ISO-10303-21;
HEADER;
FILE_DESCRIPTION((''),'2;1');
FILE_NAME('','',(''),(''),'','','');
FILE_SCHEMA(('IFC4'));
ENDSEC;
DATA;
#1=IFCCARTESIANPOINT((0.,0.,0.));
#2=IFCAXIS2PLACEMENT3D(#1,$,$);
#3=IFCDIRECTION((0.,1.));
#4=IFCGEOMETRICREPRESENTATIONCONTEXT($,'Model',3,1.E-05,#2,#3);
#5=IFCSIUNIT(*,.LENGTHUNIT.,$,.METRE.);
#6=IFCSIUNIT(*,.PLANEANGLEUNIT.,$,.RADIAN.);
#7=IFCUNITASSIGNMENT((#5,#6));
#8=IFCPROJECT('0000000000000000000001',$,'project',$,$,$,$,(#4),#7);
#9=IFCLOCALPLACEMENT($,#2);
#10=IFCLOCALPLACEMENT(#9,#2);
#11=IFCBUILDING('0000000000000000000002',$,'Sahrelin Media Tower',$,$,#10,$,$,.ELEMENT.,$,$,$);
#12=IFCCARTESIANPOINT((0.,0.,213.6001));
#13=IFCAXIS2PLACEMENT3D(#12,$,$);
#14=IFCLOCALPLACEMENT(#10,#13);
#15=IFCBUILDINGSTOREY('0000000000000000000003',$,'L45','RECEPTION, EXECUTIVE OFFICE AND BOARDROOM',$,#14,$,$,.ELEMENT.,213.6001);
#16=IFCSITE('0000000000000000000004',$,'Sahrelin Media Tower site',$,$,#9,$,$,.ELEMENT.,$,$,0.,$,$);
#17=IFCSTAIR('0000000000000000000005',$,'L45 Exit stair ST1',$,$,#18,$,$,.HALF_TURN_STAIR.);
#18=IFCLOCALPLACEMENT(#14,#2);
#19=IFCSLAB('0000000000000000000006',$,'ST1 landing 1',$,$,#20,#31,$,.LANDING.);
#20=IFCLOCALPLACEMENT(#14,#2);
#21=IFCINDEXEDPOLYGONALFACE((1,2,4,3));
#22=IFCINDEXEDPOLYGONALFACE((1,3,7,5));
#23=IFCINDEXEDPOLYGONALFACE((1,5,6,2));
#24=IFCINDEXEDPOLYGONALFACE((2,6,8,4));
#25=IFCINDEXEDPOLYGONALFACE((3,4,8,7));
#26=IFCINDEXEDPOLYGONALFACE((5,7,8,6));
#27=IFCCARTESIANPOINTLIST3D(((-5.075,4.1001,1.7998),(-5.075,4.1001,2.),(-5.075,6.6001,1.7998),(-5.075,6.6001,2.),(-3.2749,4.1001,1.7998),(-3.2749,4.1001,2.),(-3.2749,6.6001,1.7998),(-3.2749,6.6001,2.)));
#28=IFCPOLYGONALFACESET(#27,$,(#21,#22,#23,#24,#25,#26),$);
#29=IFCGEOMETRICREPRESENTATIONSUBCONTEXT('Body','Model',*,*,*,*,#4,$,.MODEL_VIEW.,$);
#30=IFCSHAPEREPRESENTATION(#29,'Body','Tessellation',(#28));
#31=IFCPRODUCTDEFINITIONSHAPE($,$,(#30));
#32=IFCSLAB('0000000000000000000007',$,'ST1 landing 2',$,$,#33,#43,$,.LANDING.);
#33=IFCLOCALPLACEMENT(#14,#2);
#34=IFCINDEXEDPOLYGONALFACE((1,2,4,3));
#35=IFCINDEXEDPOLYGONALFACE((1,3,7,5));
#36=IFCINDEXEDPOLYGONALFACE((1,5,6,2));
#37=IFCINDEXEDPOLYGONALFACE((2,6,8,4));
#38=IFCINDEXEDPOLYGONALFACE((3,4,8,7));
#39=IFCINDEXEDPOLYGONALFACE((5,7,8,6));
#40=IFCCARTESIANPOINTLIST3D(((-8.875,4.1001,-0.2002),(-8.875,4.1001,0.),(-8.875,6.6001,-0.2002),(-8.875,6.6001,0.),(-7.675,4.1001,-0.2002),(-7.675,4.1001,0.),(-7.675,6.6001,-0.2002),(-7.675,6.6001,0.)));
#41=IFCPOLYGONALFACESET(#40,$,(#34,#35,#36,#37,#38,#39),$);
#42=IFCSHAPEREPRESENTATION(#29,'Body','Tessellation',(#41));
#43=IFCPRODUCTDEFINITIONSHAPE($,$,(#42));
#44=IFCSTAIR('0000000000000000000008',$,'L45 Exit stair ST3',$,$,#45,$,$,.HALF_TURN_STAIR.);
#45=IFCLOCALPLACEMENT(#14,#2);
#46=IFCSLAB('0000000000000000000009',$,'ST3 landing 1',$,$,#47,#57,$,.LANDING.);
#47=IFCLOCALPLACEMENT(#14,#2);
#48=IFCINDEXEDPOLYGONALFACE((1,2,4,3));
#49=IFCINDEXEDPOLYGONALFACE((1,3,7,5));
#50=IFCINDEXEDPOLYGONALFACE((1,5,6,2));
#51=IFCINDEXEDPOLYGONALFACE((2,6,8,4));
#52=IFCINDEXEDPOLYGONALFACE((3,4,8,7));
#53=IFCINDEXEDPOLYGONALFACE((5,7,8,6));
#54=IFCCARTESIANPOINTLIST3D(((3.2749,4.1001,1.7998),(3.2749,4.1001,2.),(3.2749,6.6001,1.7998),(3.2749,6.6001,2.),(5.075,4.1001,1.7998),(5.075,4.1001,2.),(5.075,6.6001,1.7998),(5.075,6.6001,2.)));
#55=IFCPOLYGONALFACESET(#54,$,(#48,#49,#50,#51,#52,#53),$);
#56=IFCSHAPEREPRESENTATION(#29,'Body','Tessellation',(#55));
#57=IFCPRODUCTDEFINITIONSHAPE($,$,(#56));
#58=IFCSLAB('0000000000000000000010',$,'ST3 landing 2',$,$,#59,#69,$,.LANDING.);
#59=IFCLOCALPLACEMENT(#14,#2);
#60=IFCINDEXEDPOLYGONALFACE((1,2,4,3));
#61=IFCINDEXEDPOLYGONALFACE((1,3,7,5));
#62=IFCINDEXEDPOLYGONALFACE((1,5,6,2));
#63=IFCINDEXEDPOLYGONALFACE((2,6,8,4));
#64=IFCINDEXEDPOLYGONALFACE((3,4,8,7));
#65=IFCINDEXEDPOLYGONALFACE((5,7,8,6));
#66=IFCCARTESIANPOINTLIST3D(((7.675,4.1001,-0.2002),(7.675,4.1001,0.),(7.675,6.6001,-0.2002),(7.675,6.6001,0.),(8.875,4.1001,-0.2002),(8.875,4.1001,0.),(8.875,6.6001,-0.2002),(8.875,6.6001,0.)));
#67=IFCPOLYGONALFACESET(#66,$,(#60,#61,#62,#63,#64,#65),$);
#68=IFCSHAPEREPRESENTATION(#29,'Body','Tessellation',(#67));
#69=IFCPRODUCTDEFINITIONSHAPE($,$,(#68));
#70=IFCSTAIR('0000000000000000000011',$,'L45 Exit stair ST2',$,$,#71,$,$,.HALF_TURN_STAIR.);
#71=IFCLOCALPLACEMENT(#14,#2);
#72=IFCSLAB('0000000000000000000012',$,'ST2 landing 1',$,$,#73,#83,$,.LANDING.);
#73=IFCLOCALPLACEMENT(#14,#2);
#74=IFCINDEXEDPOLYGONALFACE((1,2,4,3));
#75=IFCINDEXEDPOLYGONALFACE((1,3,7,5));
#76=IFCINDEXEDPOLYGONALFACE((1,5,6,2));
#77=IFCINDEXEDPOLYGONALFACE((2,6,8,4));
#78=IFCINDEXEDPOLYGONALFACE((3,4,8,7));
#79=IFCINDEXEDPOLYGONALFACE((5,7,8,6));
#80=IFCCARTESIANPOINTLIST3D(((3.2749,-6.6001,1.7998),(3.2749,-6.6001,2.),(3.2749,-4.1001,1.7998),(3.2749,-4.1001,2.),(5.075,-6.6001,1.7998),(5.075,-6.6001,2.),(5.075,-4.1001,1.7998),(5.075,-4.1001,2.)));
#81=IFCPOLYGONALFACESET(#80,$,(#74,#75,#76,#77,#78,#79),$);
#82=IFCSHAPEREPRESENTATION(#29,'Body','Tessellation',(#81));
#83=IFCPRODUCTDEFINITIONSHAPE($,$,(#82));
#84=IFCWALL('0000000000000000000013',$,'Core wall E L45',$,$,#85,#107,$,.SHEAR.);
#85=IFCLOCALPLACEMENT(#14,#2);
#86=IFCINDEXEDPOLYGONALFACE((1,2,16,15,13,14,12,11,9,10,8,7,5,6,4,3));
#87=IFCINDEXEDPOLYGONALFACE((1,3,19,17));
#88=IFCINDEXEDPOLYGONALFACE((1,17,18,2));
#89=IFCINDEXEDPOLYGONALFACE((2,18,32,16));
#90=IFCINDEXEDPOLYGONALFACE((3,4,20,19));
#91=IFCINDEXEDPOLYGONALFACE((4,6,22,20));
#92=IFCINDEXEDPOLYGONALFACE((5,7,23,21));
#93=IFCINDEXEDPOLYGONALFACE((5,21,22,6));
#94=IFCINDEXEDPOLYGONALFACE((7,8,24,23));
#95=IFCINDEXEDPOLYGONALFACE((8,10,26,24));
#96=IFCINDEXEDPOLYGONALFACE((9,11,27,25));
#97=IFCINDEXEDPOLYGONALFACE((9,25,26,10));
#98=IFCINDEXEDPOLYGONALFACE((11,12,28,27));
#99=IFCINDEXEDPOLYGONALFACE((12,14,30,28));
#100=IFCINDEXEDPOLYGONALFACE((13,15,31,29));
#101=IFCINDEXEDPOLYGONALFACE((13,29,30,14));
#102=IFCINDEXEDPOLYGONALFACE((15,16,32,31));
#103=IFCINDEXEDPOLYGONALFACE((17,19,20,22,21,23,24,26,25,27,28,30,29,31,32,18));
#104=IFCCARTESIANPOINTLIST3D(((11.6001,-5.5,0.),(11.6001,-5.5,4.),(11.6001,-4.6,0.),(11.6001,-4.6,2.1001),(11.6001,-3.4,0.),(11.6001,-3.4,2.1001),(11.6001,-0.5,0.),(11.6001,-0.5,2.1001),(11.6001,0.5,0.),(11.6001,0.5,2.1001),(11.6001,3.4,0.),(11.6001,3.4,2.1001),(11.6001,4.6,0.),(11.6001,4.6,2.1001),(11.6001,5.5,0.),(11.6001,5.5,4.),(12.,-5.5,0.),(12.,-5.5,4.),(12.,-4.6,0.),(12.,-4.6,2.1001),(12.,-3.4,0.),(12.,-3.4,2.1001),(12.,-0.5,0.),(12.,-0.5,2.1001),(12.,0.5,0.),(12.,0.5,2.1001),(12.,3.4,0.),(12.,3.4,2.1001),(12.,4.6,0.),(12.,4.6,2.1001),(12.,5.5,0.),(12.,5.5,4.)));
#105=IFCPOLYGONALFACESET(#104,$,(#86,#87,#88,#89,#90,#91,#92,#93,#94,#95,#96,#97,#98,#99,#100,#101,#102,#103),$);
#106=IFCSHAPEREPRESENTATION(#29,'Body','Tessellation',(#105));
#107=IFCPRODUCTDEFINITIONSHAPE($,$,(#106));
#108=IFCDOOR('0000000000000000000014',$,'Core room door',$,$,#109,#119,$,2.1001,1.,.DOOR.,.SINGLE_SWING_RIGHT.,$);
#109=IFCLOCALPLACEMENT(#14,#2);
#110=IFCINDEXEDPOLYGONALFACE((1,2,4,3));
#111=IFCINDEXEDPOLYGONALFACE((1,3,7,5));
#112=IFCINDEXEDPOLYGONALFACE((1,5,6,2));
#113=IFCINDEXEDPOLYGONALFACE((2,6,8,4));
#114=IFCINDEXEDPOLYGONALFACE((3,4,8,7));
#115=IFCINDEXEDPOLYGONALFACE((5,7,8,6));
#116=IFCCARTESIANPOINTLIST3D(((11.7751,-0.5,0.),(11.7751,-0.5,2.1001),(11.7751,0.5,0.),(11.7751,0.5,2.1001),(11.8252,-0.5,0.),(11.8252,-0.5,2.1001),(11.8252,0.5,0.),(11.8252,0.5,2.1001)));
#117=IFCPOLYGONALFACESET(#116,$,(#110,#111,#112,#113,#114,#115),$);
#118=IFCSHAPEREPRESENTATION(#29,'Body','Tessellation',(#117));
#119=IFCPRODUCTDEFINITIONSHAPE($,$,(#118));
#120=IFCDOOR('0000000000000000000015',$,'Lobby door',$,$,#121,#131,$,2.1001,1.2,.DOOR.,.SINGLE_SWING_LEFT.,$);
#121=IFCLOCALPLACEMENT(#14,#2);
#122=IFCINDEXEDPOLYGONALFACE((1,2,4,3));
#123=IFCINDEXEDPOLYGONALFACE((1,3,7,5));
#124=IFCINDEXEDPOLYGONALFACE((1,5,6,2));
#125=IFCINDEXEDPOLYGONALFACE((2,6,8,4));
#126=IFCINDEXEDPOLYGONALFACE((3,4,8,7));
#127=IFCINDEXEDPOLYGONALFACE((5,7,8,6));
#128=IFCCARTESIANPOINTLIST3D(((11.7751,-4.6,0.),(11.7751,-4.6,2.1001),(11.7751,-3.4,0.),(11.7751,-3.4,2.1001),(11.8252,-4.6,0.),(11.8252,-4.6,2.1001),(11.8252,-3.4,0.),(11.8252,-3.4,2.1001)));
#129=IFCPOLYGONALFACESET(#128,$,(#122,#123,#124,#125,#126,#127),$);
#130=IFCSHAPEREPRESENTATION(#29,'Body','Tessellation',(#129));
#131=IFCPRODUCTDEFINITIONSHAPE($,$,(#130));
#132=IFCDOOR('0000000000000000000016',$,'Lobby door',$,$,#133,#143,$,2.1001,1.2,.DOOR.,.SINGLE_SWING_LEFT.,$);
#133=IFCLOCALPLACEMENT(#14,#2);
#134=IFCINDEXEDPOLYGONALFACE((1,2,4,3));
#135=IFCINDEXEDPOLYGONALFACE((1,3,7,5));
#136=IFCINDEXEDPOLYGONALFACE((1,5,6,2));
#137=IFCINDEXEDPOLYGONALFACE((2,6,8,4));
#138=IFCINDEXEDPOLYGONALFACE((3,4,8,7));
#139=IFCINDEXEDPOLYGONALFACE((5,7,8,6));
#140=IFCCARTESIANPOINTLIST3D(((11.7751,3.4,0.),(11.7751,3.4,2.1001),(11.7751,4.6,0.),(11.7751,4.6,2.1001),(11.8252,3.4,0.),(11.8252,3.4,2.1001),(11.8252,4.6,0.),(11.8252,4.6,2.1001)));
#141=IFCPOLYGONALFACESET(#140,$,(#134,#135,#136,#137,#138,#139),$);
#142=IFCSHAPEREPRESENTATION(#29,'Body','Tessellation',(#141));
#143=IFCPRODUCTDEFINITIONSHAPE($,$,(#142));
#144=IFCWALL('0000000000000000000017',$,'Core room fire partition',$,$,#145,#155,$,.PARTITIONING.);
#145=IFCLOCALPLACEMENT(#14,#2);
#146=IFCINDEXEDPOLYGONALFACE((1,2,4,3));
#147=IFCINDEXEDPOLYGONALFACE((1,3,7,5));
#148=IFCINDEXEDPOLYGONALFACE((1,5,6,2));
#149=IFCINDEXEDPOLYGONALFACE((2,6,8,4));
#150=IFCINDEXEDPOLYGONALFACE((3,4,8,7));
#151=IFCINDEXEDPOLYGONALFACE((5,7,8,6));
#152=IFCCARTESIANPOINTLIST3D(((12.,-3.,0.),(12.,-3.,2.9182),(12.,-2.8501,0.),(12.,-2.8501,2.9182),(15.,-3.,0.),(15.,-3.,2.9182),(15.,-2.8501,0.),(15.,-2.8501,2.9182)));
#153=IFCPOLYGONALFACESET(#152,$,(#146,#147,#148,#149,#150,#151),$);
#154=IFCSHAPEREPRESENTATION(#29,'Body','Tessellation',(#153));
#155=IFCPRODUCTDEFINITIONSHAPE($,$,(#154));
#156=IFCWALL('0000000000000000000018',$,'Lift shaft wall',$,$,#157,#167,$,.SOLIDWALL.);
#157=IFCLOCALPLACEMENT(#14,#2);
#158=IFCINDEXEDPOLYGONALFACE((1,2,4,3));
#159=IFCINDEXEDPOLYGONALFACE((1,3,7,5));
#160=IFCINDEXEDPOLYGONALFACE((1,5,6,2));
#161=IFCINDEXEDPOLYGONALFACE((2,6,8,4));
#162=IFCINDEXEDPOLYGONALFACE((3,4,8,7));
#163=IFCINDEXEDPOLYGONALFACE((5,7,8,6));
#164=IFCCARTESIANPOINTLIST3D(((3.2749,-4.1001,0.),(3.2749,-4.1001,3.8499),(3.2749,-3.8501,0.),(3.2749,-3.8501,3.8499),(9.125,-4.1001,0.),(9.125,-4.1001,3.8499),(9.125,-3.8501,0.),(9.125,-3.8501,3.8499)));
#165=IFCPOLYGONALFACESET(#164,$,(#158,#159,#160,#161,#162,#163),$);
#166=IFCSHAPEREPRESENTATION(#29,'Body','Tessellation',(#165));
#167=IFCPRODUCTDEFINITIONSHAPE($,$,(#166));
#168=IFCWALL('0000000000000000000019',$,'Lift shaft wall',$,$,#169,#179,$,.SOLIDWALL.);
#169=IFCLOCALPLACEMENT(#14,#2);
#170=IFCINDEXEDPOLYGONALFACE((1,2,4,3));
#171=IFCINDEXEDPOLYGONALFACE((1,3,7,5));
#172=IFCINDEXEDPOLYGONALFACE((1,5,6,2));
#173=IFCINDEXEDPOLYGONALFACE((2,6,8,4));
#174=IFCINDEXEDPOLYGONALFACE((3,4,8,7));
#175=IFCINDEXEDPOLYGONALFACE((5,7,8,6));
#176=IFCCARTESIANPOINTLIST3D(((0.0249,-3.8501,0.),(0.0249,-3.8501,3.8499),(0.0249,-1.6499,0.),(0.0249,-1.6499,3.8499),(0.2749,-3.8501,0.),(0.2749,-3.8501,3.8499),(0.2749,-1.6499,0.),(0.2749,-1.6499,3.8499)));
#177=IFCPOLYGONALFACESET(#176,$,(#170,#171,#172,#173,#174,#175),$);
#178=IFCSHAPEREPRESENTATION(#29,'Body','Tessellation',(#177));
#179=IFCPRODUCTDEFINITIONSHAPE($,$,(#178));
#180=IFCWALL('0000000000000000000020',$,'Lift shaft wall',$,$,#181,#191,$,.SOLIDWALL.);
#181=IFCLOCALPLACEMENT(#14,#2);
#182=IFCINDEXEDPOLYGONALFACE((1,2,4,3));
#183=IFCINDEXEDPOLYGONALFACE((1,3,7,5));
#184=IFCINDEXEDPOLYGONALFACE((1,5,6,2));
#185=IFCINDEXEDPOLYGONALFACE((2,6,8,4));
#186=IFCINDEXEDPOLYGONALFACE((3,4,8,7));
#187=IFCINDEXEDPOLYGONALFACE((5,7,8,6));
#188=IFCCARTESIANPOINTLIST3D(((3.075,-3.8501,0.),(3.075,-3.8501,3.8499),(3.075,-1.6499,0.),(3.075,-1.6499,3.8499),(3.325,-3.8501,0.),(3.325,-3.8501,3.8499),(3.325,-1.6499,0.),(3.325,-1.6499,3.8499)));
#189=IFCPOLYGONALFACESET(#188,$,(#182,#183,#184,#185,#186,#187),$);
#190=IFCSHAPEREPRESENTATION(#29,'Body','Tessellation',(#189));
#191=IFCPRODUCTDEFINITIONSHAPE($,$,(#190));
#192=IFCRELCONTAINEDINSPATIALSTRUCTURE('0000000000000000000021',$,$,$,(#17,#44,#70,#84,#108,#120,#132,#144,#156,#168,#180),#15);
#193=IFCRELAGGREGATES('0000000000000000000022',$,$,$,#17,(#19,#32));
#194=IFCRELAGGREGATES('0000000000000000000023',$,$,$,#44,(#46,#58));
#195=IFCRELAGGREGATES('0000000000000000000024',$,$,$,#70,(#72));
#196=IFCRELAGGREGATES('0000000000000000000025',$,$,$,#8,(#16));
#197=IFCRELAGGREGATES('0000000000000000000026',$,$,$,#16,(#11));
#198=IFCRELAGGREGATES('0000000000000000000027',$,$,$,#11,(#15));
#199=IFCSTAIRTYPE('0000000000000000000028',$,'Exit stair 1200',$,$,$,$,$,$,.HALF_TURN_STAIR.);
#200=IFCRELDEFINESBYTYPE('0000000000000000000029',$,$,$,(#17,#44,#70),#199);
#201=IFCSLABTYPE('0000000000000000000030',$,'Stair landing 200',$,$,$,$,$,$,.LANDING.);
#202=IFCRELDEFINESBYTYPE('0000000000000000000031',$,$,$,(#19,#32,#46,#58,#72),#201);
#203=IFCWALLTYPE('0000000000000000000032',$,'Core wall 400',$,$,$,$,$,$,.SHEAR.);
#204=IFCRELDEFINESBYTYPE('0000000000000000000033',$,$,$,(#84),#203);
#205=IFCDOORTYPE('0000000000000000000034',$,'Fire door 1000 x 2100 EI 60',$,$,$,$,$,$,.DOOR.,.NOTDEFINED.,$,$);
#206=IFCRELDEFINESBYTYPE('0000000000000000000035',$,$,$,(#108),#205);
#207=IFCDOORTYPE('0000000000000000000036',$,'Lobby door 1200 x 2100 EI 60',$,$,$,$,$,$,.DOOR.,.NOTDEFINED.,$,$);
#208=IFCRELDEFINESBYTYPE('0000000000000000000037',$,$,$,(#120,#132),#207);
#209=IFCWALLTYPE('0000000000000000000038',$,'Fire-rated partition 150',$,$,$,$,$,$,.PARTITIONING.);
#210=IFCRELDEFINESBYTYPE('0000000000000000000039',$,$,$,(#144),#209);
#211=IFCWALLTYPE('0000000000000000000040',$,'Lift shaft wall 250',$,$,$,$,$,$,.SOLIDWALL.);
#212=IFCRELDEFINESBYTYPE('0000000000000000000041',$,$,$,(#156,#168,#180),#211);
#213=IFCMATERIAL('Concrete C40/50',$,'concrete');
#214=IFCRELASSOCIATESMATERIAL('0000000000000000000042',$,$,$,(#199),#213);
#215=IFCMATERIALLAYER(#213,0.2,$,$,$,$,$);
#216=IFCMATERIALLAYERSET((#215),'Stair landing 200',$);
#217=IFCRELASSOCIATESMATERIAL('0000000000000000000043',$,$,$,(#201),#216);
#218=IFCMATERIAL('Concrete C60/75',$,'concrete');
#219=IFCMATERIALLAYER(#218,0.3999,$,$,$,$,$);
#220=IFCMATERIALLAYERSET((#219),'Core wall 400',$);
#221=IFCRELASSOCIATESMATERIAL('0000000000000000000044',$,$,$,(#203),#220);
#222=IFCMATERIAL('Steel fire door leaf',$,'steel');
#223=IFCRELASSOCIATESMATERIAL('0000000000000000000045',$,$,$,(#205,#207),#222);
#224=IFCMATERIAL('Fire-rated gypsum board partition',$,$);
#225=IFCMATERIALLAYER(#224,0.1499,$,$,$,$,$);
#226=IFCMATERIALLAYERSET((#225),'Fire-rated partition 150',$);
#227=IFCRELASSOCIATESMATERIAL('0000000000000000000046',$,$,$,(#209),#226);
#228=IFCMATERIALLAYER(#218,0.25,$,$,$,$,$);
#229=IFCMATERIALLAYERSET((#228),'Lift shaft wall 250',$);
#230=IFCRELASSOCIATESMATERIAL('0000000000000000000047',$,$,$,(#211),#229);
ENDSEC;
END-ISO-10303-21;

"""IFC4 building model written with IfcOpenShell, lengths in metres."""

from ifc_helpers import new_model, si_unit, direction, frame, frame_2d, origin, place, context, subcontext, project, spatial, polyline, rectangle, outline, extrude, material, layer, layer_set, type_object, element, fill, aggregate, save


model = new_model("IFC4")

# Units and contexts
model_context = context("Model", 3, precision=1e-05, world=origin(), true_north=direction((0.0, 1.0)))
body_context = subcontext(model_context, "Body", "Model", "MODEL_VIEW")
ifc_project = project(units=[si_unit("LENGTHUNIT", "METRE"), si_unit("PLANEANGLEUNIT", "RADIAN")], contexts=[model_context])

# Site, building, storey
site_placement = place(None, origin())
site = spatial("IfcSite", under=ifc_project, at=site_placement, Name="Sahrelin Media Tower site", CompositionType="ELEMENT", RefElevation=0.0)
building_placement = place(site_placement, origin())
building = spatial("IfcBuilding", under=site, at=building_placement, Name="Sahrelin Media Tower", CompositionType="ELEMENT")
storey_placement = place(building_placement, frame((0.0, 0.0, 213.6001)))
storey = spatial("IfcBuildingStorey", under=building, at=storey_placement, Name="L45", Description="RECEPTION, EXECUTIVE OFFICE AND BOARDROOM", CompositionType="ELEMENT", Elevation=213.6001)

# Stairs, slabs
ifc_material_1 = material(Name="Concrete C40/50", Category="concrete")
stair_type = type_object("IfcStairType", Name="Exit stair 1200", PredefinedType="HALF_TURN_STAIR", material=ifc_material_1)
placement_1 = place(storey_placement, origin())
stair_1 = element("IfcStair", 1, at=placement_1, inside=storey, type_object=stair_type, Name="L45 Exit stair ST1", PredefinedType="HALF_TURN_STAIR")
ifc_layer_1 = layer(ifc_material_1, 0.2)
ifc_layer_set_1 = layer_set([ifc_layer_1], Name="Stair landing 200")
slab_type = type_object("IfcSlabType", Name="Stair landing 200", PredefinedType="LANDING", material=ifc_layer_set_1)
placement_2 = place(storey_placement, frame((0.0, 0.0, 1.7998)))
slab_1 = element("IfcSlab", 2, at=placement_2, type_object=slab_type, Name="ST1 landing 1", PredefinedType="LANDING", context=body_context, shape_type="SweptSolid", body=[
    extrude(outline(polyline([(-5.075, 4.1001), (-3.2749, 4.1001), (-3.2749, 6.6001), (-5.075, 6.6001), (-5.075, 4.1001)])), origin(), (0.0, 0.0, 1.0), 0.2002),
])
placement_3 = place(storey_placement, frame((0.0, 0.0, -0.2002)))
slab_2 = element("IfcSlab", 3, at=placement_3, type_object=slab_type, Name="ST1 landing 2", PredefinedType="LANDING", context=body_context, shape_type="SweptSolid", body=[
    extrude(outline(polyline([(-8.875, 4.1001), (-7.675, 4.1001), (-7.675, 6.6001), (-8.875, 6.6001), (-8.875, 4.1001)])), origin(), (0.0, 0.0, 1.0), 0.2002),
])
aggregate(stair_1, [slab_1, slab_2])
stair_2 = element("IfcStair", 4, at=placement_1, inside=storey, type_object=stair_type, Name="L45 Exit stair ST3", PredefinedType="HALF_TURN_STAIR")
slab_3 = element("IfcSlab", 5, at=placement_2, type_object=slab_type, Name="ST3 landing 1", PredefinedType="LANDING", context=body_context, shape_type="SweptSolid", body=[
    extrude(outline(polyline([(5.075, 6.6001), (3.2749, 6.6001), (3.2749, 4.1001), (5.075, 4.1001), (5.075, 6.6001)])), origin(), (0.0, 0.0, 1.0), 0.2002),
])
slab_4 = element("IfcSlab", 6, at=placement_3, type_object=slab_type, Name="ST3 landing 2", PredefinedType="LANDING", context=body_context, shape_type="SweptSolid", body=[
    extrude(outline(polyline([(8.875, 6.6001), (7.675, 6.6001), (7.675, 4.1001), (8.875, 4.1001), (8.875, 6.6001)])), origin(), (0.0, 0.0, 1.0), 0.2002),
])
aggregate(stair_2, [slab_3, slab_4])

# Stair, slab
stair_3 = element("IfcStair", 7, at=placement_1, inside=storey, type_object=stair_type, Name="L45 Exit stair ST2", PredefinedType="HALF_TURN_STAIR")
slab_5 = element("IfcSlab", 8, at=placement_2, type_object=slab_type, Name="ST2 landing 1", PredefinedType="LANDING", context=body_context, shape_type="SweptSolid", body=[
    extrude(outline(polyline([(5.075, -4.1001), (3.2749, -4.1001), (3.2749, -6.6001), (5.075, -6.6001), (5.075, -4.1001)])), origin(), (0.0, 0.0, 1.0), 0.2002),
])
aggregate(stair_3, [slab_5])

# Wall, openings, doors
ifc_material_2 = material(Name="Concrete C60/75", Category="concrete")
ifc_layer_2 = layer(ifc_material_2, 0.3999)
ifc_layer_set_2 = layer_set([ifc_layer_2], Name="Core wall 400")
wall_type_1 = type_object("IfcWallType", Name="Core wall 400", PredefinedType="SHEAR", material=ifc_layer_set_2)
wall_1_placement = place(storey_placement, frame((11.8, -5.5, 0.0), z_axis=(0.0, 0.0, 1.0), x_axis=(0.0, 1.0, 0.0)))
wall_1 = element("IfcWall", 9, at=wall_1_placement, inside=storey, type_object=wall_type_1, Name="Core wall E L45", PredefinedType="SHEAR", context=body_context, shape_type="SweptSolid", body=[
    extrude(rectangle(XDim=11.0, YDim=0.3999, at=frame_2d((5.5, 0.0))), origin(), (0.0, 0.0, 1.0), 4.0),
])
opening_1_placement = place(wall_1_placement, frame((5.0, 0.0, 0.0)))
opening_1 = element("IfcOpeningElement", 10, at=opening_1_placement, cuts=wall_1, PredefinedType="OPENING", context=body_context, shape_type="SweptSolid", body=[
    extrude(rectangle(XDim=1.0, YDim=2.1001, at=frame_2d((0.5, 1.05))), frame((0.0, 0.2, 0.0), z_axis=(0.0, -1.0, 0.0), x_axis=(1.0, 0.0, 0.0)), (0.0, 0.0, 1.0), 0.3999),
])
opening_2_placement = place(wall_1_placement, frame((0.8999, 0.0, 0.0)))
opening_2 = element("IfcOpeningElement", 11, at=opening_2_placement, cuts=wall_1, PredefinedType="OPENING", context=body_context, shape_type="SweptSolid", body=[
    extrude(rectangle(XDim=1.2, YDim=2.1001, at=frame_2d((0.6001, 1.05))), frame((0.0, 0.2, 0.0), z_axis=(0.0, -1.0, 0.0), x_axis=(1.0, 0.0, 0.0)), (0.0, 0.0, 1.0), 0.3999),
])
opening_3_placement = place(wall_1_placement, frame((8.8999, 0.0, 0.0)))
opening_3 = element("IfcOpeningElement", 12, at=opening_3_placement, cuts=wall_1, PredefinedType="OPENING", context=body_context, shape_type="SweptSolid", body=[
    extrude(rectangle(XDim=1.2, YDim=2.1001, at=frame_2d((0.6001, 1.05))), frame((0.0, 0.2, 0.0), z_axis=(0.0, -1.0, 0.0), x_axis=(1.0, 0.0, 0.0)), (0.0, 0.0, 1.0), 0.3999),
])
ifc_material_3 = material(Name="Steel fire door leaf", Category="steel")
door_type_1 = type_object("IfcDoorType", Name="Fire door 1000 x 2100 EI 60", OperationType="NOTDEFINED", PredefinedType="DOOR", material=ifc_material_3)
door_1_placement = place(opening_1_placement, origin())
door_1 = element("IfcDoor", 13, at=door_1_placement, inside=storey, type_object=door_type_1, Name="Core room door", OperationType="SINGLE_SWING_RIGHT", OverallHeight=2.1001, OverallWidth=1.0, PredefinedType="DOOR", context=body_context, shape_type="SweptSolid", body=[
    extrude(rectangle(XDim=1.0, YDim=2.1001, at=frame_2d((0.5, 1.05))), frame((0.0, 0.0249, 0.0), z_axis=(0.0, -1.0, 0.0), x_axis=(1.0, 0.0, 0.0)), (0.0, 0.0, 1.0), 0.05),
])
fill(opening_1, door_1)
door_type_2 = type_object("IfcDoorType", Name="Lobby door 1200 x 2100 EI 60", OperationType="NOTDEFINED", PredefinedType="DOOR", material=ifc_material_3)
door_2_placement = place(opening_2_placement, origin())
door_2 = element("IfcDoor", 14, at=door_2_placement, inside=storey, type_object=door_type_2, Name="Lobby door", OperationType="SINGLE_SWING_LEFT", OverallHeight=2.1001, OverallWidth=1.2, PredefinedType="DOOR", context=body_context, shape_type="SweptSolid", body=[
    extrude(rectangle(XDim=1.2, YDim=2.1001, at=frame_2d((0.6001, 1.05))), frame((0.0, 0.0249, 0.0), z_axis=(0.0, -1.0, 0.0), x_axis=(1.0, 0.0, 0.0)), (0.0, 0.0, 1.0), 0.05),
])
fill(opening_2, door_2)
door_3_placement = place(opening_3_placement, origin())
door_3 = element("IfcDoor", 15, at=door_3_placement, inside=storey, type_object=door_type_2, Name="Lobby door", OperationType="SINGLE_SWING_LEFT", OverallHeight=2.1001, OverallWidth=1.2, PredefinedType="DOOR", context=body_context, shape_type="SweptSolid", body=[
    extrude(rectangle(XDim=1.2, YDim=2.1001, at=frame_2d((0.6001, 1.05))), frame((0.0, 0.0249, 0.0), z_axis=(0.0, -1.0, 0.0), x_axis=(1.0, 0.0, 0.0)), (0.0, 0.0, 1.0), 0.05),
])
fill(opening_3, door_3)

# Walls
ifc_material_4 = material(Name="Fire-rated gypsum board partition")
ifc_layer_3 = layer(ifc_material_4, 0.1499)
ifc_layer_set_3 = layer_set([ifc_layer_3], Name="Fire-rated partition 150")
wall_type_2 = type_object("IfcWallType", Name="Fire-rated partition 150", PredefinedType="PARTITIONING", material=ifc_layer_set_3)
wall_2_placement = place(storey_placement, frame((12.0, -2.925, 0.0), z_axis=(0.0, 0.0, 1.0), x_axis=(1.0, 0.0, 0.0)))
element("IfcWall", 16, at=wall_2_placement, inside=storey, type_object=wall_type_2, Name="Core room fire partition", PredefinedType="PARTITIONING", context=body_context, shape_type="SweptSolid", body=[
    extrude(rectangle(XDim=3.0, YDim=0.1499, at=frame_2d((1.5, 0.0))), origin(), (0.0, 0.0, 1.0), 2.9182),
])
ifc_layer_4 = layer(ifc_material_2, 0.25)
ifc_layer_set_4 = layer_set([ifc_layer_4], Name="Lift shaft wall 250")
wall_type_3 = type_object("IfcWallType", Name="Lift shaft wall 250", PredefinedType="SOLIDWALL", material=ifc_layer_set_4)
wall_3_placement = place(storey_placement, frame((3.2749, -3.9751, 0.0), z_axis=(0.0, 0.0, 1.0), x_axis=(1.0, 0.0, 0.0)))
element("IfcWall", 17, at=wall_3_placement, inside=storey, type_object=wall_type_3, Name="Lift shaft wall", PredefinedType="SOLIDWALL", context=body_context, shape_type="SweptSolid", body=[
    extrude(rectangle(XDim=5.8501, YDim=0.25, at=frame_2d((2.925, 0.0))), origin(), (0.0, 0.0, 1.0), 3.8499),
])
for number, where, z_axis, x_axis, name in (
    (18, (0.1499, -3.8501, 0.0), (0.0, 0.0, 1.0), (0.0, 1.0, 0.0), "Lift shaft wall"),
    (19, (3.2, -3.8501, 0.0), (0.0, 0.0, 1.0), (0.0, 1.0, 0.0), "Lift shaft wall"),
):
    element("IfcWall", number, at=place(storey_placement, frame(where, z_axis=z_axis, x_axis=x_axis)), inside=storey, type_object=wall_type_3, Name=name, PredefinedType="SOLIDWALL", context=body_context, shape_type="SweptSolid", body=[
        extrude(rectangle(XDim=2.2002, YDim=0.25, at=frame_2d((1.1001, 0.0))), origin(), (0.0, 0.0, 1.0), 3.8499),
    ])

save(model, "model.ifc")
